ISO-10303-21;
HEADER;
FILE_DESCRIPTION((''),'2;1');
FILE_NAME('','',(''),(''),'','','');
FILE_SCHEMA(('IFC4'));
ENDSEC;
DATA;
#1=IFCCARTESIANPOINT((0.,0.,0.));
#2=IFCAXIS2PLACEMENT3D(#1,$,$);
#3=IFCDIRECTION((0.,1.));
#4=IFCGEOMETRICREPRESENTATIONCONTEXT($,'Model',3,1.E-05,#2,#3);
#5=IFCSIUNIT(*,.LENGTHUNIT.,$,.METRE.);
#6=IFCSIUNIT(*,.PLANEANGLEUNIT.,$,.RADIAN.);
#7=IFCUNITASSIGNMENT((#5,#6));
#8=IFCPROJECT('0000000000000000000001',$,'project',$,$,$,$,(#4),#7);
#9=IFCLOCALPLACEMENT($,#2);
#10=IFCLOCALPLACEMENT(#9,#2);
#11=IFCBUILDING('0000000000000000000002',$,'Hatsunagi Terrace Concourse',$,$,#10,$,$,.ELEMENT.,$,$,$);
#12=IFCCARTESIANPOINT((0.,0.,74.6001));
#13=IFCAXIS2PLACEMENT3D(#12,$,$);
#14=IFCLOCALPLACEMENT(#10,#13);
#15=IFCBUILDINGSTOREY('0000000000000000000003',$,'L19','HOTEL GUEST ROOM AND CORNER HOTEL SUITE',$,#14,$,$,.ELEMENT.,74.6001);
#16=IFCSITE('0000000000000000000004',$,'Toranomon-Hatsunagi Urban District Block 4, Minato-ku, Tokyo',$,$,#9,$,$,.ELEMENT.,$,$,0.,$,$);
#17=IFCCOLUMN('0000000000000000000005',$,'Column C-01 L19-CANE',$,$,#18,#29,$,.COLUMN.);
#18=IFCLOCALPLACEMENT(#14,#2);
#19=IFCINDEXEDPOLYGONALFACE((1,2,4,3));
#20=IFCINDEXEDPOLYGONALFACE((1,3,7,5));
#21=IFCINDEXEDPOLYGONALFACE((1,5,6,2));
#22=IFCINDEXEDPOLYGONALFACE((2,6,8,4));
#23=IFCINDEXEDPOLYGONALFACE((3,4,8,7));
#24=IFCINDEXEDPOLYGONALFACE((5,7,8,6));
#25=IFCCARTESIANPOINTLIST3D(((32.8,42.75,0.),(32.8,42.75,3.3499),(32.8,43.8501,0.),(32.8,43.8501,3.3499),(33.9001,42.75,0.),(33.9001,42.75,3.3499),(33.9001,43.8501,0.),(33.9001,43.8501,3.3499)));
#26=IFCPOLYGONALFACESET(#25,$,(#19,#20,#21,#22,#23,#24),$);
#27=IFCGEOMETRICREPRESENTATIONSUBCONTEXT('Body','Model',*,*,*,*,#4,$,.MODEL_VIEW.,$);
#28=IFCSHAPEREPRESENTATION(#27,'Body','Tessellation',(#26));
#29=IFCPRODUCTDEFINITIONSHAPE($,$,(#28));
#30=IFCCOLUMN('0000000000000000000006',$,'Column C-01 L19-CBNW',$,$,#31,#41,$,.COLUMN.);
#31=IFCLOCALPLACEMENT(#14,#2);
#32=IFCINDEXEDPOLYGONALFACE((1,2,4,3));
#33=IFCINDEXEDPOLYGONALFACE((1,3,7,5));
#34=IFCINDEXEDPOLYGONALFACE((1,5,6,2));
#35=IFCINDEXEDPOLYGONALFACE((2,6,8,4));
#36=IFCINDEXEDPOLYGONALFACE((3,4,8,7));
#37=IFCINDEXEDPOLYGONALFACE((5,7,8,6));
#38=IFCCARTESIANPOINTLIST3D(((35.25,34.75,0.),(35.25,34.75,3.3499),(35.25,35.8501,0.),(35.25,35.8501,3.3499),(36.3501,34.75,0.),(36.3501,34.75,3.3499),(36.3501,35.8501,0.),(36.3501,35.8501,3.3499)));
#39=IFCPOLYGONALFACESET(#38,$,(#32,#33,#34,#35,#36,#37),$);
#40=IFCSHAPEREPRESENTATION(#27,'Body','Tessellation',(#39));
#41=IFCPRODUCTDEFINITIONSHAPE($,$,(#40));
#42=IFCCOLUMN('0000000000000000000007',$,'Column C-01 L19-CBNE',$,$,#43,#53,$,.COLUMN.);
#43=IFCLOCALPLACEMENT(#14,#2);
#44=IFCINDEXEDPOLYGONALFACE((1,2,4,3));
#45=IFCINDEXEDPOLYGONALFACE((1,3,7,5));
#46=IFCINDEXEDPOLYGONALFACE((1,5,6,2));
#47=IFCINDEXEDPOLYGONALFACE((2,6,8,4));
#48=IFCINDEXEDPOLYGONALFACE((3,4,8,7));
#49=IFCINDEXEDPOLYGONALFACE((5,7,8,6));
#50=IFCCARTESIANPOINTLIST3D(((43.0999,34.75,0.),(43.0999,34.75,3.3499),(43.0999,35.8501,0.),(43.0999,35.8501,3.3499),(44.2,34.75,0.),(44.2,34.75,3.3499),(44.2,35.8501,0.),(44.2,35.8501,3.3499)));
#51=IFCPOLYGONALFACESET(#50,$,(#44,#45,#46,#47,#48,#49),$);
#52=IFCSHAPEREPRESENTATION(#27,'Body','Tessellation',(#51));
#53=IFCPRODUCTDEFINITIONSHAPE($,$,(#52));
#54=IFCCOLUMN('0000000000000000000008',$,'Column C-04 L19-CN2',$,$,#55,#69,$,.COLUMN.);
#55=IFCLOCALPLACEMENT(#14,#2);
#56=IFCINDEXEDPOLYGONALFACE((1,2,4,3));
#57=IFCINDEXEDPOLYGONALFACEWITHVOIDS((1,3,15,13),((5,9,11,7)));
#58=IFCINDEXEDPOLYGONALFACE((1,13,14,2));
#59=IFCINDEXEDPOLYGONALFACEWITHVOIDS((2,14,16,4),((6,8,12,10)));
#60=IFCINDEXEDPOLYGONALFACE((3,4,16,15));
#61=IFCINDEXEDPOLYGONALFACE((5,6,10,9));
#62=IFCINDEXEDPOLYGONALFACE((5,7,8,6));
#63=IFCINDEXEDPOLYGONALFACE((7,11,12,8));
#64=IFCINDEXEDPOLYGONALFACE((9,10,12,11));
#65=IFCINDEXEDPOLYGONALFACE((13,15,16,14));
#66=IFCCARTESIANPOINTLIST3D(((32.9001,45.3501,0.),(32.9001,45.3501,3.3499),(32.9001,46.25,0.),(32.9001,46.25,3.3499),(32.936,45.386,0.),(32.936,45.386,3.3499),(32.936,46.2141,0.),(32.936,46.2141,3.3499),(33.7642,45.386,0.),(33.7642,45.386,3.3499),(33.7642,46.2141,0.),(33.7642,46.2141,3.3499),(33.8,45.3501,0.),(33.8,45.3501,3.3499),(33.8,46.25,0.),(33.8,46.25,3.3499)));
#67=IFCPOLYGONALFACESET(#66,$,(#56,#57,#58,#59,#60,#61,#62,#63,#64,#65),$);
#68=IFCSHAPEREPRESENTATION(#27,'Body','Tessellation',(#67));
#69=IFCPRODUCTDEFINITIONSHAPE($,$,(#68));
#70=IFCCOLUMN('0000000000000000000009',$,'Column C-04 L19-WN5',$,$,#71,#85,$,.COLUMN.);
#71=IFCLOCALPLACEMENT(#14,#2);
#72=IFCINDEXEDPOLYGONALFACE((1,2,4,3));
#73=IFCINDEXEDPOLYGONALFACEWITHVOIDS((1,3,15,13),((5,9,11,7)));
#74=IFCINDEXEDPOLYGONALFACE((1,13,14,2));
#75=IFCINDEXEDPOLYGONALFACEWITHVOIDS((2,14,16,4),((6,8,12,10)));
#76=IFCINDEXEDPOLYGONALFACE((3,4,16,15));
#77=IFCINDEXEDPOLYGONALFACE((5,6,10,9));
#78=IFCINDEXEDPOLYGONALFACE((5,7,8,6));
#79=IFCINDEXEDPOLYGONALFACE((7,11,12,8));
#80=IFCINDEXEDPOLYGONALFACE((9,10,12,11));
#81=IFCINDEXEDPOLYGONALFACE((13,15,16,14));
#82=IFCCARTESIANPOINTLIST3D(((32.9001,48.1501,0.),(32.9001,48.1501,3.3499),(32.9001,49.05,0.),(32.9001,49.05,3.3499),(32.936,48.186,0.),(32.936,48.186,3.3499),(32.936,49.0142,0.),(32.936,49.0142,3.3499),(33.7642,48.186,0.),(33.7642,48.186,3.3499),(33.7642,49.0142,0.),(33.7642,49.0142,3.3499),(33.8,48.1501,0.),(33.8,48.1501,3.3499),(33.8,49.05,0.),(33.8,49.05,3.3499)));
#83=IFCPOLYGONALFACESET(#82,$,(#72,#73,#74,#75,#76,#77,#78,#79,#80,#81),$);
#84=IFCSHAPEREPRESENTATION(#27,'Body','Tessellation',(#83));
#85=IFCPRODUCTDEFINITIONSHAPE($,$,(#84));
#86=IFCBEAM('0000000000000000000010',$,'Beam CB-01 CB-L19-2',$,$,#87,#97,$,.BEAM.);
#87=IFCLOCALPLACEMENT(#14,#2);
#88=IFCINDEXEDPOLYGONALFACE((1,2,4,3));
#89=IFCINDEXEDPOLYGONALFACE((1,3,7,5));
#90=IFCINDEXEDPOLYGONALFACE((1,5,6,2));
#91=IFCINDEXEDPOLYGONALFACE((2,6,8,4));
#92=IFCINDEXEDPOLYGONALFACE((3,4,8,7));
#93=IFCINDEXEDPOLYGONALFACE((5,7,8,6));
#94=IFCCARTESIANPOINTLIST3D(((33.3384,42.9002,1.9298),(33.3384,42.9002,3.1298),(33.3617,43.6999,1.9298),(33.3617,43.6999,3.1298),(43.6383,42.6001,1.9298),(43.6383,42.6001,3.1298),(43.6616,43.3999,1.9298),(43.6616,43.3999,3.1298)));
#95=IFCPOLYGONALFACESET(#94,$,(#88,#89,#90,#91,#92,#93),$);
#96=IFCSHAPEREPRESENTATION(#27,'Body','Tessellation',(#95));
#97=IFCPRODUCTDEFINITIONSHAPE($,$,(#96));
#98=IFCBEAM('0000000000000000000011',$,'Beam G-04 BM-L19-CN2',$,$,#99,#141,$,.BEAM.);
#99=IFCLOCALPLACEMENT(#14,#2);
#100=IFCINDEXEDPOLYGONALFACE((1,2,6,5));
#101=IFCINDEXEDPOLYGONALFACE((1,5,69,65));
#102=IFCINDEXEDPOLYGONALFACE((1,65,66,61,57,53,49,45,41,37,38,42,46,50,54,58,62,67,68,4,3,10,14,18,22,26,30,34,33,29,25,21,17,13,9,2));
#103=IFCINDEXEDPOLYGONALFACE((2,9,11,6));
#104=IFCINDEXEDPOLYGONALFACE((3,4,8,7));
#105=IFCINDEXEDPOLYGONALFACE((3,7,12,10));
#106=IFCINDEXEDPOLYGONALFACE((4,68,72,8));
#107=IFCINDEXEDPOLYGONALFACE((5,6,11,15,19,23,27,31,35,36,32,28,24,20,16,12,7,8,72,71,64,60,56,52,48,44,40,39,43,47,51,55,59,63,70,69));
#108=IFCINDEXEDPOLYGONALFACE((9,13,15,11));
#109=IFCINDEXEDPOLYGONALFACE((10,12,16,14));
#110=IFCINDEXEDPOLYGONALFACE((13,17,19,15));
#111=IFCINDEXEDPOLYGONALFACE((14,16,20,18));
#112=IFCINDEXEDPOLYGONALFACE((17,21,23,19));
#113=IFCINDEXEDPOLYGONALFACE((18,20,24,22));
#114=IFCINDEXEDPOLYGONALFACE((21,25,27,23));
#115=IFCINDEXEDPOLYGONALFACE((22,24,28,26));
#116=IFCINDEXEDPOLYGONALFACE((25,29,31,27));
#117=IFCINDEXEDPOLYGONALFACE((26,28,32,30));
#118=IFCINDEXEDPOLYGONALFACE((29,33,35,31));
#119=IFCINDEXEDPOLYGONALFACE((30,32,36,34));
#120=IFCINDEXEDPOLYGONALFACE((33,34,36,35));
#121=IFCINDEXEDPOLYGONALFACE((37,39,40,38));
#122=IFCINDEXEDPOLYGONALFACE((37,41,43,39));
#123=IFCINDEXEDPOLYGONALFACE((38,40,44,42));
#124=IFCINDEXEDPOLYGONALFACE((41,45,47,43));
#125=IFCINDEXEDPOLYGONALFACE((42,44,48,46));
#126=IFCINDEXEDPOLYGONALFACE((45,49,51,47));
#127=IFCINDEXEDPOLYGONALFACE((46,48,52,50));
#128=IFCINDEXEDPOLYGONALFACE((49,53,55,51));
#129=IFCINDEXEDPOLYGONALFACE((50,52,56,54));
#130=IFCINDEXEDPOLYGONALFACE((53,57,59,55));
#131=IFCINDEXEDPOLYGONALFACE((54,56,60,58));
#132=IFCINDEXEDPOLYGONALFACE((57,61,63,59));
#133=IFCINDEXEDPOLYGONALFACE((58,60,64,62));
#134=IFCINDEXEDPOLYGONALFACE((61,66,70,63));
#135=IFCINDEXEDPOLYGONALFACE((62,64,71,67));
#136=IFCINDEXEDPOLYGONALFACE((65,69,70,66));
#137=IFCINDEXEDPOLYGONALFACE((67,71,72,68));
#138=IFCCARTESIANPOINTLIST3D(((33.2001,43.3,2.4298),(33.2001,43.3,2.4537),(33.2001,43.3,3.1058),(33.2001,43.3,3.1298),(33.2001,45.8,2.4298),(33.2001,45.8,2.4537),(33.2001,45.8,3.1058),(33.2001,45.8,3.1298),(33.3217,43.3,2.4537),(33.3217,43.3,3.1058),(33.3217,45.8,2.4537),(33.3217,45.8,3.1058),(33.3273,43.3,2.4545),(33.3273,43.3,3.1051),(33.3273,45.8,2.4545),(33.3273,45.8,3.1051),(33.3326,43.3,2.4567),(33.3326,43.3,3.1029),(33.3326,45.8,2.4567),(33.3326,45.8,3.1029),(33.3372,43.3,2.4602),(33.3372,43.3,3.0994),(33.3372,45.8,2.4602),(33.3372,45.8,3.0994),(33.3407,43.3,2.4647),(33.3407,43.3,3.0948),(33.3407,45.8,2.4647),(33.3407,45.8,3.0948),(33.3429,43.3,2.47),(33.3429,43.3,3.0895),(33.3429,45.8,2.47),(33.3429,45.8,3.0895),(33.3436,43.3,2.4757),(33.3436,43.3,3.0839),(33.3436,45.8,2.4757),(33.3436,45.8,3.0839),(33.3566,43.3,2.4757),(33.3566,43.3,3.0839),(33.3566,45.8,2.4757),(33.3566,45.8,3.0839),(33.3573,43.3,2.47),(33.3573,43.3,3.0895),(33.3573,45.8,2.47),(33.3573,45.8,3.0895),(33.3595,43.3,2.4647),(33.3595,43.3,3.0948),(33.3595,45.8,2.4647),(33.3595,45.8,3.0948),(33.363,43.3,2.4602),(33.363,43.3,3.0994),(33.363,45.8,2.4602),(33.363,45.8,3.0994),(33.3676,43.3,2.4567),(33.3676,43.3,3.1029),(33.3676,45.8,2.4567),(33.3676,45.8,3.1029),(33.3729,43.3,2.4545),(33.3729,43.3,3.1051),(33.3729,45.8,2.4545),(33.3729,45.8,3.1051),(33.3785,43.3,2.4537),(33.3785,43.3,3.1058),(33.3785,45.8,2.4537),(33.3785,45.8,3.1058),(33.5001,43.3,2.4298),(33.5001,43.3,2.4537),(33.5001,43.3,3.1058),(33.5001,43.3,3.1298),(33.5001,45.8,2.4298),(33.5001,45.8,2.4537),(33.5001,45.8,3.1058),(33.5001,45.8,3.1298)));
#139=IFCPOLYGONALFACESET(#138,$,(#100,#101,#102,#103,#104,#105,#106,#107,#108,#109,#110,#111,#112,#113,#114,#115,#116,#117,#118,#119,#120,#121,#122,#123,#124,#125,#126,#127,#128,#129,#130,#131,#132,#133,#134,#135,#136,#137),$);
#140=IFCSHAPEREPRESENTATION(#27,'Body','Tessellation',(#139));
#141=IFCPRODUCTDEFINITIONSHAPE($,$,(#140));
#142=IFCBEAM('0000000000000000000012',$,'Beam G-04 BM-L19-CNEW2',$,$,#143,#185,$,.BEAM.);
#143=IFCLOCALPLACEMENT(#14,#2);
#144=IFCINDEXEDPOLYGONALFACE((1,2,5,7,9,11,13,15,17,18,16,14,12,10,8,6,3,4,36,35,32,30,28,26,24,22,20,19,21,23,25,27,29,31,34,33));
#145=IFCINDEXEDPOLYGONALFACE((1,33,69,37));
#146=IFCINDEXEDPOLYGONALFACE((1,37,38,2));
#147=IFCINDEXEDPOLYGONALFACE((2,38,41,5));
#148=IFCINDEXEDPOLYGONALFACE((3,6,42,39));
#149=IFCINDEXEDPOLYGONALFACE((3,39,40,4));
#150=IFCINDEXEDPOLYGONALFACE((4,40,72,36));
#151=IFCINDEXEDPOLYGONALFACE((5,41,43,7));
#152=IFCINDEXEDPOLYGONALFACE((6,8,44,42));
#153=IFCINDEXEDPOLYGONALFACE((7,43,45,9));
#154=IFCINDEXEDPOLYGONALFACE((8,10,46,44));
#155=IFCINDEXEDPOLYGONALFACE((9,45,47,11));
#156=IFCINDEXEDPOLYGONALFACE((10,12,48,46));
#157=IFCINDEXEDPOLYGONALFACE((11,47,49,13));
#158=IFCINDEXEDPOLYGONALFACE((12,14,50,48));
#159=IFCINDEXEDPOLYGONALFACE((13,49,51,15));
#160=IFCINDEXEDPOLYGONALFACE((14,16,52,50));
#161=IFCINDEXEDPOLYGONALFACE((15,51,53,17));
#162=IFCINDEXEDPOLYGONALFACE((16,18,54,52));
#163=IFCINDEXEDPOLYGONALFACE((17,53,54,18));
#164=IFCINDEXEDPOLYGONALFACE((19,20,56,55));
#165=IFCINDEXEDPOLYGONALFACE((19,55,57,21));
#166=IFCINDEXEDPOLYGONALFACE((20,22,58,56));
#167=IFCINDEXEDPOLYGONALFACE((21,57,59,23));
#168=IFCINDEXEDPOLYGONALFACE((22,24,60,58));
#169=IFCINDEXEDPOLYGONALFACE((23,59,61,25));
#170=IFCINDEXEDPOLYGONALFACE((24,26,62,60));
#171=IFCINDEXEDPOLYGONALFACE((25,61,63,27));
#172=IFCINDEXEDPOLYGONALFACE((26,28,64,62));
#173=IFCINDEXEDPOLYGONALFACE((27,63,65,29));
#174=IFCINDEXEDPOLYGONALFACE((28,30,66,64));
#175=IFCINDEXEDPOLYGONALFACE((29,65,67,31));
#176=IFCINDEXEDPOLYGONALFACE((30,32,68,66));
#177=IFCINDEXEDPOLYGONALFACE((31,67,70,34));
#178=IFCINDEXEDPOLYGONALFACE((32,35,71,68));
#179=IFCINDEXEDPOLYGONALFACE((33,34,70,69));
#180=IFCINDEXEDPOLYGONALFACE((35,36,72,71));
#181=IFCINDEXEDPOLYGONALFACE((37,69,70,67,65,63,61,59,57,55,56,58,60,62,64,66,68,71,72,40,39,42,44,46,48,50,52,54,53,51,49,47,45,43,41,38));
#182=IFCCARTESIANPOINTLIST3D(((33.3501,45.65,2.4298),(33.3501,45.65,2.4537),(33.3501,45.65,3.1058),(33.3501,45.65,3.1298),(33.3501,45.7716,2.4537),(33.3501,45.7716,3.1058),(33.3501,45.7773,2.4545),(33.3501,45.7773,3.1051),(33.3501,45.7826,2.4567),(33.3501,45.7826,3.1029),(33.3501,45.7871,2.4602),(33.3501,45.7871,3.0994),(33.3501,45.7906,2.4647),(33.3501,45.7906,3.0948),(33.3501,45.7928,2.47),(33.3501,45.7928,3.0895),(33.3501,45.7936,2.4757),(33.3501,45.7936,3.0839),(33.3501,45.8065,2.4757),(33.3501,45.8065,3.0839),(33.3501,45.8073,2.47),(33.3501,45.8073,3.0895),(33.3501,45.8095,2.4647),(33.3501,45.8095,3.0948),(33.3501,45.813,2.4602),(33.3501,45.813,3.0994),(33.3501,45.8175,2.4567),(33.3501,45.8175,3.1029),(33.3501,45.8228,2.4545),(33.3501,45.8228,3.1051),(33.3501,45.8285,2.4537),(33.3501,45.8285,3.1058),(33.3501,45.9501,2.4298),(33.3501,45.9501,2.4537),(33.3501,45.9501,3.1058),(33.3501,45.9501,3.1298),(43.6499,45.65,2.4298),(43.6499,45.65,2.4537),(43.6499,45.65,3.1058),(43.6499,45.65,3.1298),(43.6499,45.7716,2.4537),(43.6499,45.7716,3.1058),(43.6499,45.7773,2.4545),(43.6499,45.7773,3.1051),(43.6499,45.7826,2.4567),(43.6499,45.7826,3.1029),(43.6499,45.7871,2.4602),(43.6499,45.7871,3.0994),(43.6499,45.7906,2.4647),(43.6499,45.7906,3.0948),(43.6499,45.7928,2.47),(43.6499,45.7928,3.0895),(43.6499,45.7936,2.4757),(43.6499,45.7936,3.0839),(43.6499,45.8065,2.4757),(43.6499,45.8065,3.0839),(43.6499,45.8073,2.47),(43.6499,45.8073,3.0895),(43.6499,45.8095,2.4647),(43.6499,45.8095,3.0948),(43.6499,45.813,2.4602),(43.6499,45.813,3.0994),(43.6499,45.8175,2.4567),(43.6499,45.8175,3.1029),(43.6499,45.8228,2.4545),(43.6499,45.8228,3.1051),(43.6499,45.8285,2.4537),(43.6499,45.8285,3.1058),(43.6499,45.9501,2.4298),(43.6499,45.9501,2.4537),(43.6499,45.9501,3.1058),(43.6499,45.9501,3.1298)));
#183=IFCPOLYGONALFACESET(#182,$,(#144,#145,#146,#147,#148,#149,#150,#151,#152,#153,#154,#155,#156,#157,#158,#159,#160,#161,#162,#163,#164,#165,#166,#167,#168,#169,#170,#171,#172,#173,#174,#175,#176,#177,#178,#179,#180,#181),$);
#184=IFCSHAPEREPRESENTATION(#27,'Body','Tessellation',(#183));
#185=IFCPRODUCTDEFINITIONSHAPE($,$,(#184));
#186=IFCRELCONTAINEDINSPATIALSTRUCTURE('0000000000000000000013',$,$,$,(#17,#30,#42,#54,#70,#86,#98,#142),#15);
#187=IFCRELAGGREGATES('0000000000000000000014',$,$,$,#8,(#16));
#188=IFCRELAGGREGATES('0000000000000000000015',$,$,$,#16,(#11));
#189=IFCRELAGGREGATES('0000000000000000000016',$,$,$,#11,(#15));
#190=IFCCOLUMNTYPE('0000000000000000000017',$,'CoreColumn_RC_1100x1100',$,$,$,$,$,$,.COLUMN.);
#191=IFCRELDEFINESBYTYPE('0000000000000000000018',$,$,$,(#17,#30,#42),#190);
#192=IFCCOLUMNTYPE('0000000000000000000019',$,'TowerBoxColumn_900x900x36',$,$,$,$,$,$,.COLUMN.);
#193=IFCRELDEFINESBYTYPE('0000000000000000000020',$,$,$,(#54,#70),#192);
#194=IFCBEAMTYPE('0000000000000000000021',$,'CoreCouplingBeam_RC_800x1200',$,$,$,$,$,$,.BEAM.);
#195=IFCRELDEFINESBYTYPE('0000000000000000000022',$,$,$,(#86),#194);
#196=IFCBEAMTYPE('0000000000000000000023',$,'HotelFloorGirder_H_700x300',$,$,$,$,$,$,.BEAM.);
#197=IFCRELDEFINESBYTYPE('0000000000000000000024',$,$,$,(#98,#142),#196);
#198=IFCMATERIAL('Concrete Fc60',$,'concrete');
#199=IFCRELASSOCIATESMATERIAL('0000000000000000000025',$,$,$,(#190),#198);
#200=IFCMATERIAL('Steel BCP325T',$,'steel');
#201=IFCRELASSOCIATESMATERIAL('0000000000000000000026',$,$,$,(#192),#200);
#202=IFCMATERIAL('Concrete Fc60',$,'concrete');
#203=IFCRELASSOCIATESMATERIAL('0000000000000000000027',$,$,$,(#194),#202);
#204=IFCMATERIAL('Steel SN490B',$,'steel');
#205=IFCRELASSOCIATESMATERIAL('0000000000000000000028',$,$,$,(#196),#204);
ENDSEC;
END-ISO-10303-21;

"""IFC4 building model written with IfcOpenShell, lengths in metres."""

from ifc_helpers import new_model, si_unit, direction, frame, origin, origin_2d, place, context, subcontext, project, spatial, rectangle, hollow_rectangle, i_section, extrude, material, material_profile, profile_set, type_object, element, save


model = new_model("IFC4")

# Units and contexts
model_context = context("Model", 3, precision=1e-05, world=origin(), true_north=direction((0.0, 1.0)))
body_context = subcontext(model_context, "Body", "Model", "MODEL_VIEW")
ifc_project = project(units=[si_unit("LENGTHUNIT", "METRE"), si_unit("PLANEANGLEUNIT", "RADIAN")], contexts=[model_context])

# Site, building, storey
site_placement = place(None, origin())
site = spatial("IfcSite", under=ifc_project, at=site_placement, Name="Toranomon-Hatsunagi Urban District Block 4, Minato-ku, Tokyo", CompositionType="ELEMENT", RefElevation=0.0)
building_placement = place(site_placement, origin())
building = spatial("IfcBuilding", under=site, at=building_placement, Name="Hatsunagi Terrace Concourse", CompositionType="ELEMENT")
storey_placement = place(building_placement, frame((0.0, 0.0, 74.6001)))
storey = spatial("IfcBuildingStorey", under=building, at=storey_placement, Name="L19", Description="HOTEL GUEST ROOM AND CORNER HOTEL SUITE", CompositionType="ELEMENT", Elevation=74.6001)

# Columns
ifc_material_1 = material(Name="Concrete Fc60", Category="concrete")
ifc_material_profile_1 = material_profile(ifc_material_1, rectangle(XDim=1.1001, YDim=1.1001, at=origin_2d()), Name="RC-1100x1100")
ifc_profile_set_1 = profile_set([ifc_material_profile_1], Name="Concrete Fc60")
column_type_1 = type_object("IfcColumnType", Name="CoreColumn_RC_1100x1100", PredefinedType="COLUMN", material=ifc_profile_set_1)
for number, where, z_axis, x_axis, name in (
    (1, (33.3501, 43.3, 0.0), (0.0, 0.0, 1.0), (1.0, 0.0, 0.0), "Column C-01 L19-CANE"),
    (2, (35.8, 35.3, 0.0), (0.0, 0.0, 1.0), (1.0, 0.0, 0.0), "Column C-01 L19-CBNW"),
    (3, (43.6499, 35.3, 0.0), (0.0, 0.0, 1.0), (1.0, 0.0, 0.0), "Column C-01 L19-CBNE"),
):
    element("IfcColumn", number, at=place(storey_placement, frame(where, z_axis=z_axis, x_axis=x_axis)), inside=storey, type_object=column_type_1, Name=name, PredefinedType="COLUMN", context=body_context, shape_type="SweptSolid", body=[
        extrude(rectangle(XDim=1.1001, YDim=1.1001, at=origin_2d()), origin(), (0.0, 0.0, 1.0), 3.3499),
    ])
ifc_material_2 = material(Name="Steel BCP325T", Category="steel")
ifc_material_profile_2 = material_profile(ifc_material_2, hollow_rectangle(XDim=0.8999, YDim=0.8999, WallThickness=0.0359, at=origin_2d()), Name="BCP-900x900x36")
ifc_profile_set_2 = profile_set([ifc_material_profile_2], Name="Steel BCP325T")
column_type_2 = type_object("IfcColumnType", Name="TowerBoxColumn_900x900x36", PredefinedType="COLUMN", material=ifc_profile_set_2)
for number, where, z_axis, x_axis, name in (
    (4, (33.3501, 45.8, 0.0), (0.0, 0.0, 1.0), (1.0, 0.0, 0.0), "Column C-04 L19-CN2"),
    (5, (33.3501, 48.6001, 0.0), (0.0, 0.0, 1.0), (1.0, 0.0, 0.0), "Column C-04 L19-WN5"),
):
    element("IfcColumn", number, at=place(storey_placement, frame(where, z_axis=z_axis, x_axis=x_axis)), inside=storey, type_object=column_type_2, Name=name, PredefinedType="COLUMN", context=body_context, shape_type="SweptSolid", body=[
        extrude(hollow_rectangle(XDim=0.8999, YDim=0.8999, WallThickness=0.0359, at=origin_2d()), origin(), (0.0, 0.0, 1.0), 3.3499),
    ])

# Beams
ifc_material_3 = material(Name="Concrete Fc60", Category="concrete")
ifc_material_profile_3 = material_profile(ifc_material_3, rectangle(XDim=0.8, YDim=1.2, at=origin_2d()), Name="RC-800x1200")
ifc_profile_set_3 = profile_set([ifc_material_profile_3], Name="Concrete Fc60")
beam_type_1 = type_object("IfcBeamType", Name="CoreCouplingBeam_RC_800x1200", PredefinedType="BEAM", material=ifc_profile_set_3)
beam_1_placement = place(storey_placement, frame((33.3501, 43.3, 2.5298), z_axis=(0.999576, -0.029119, 0.0), x_axis=(0.029119, 0.999576, 0.0)))
element("IfcBeam", 6, at=beam_1_placement, inside=storey, type_object=beam_type_1, Name="Beam CB-01 CB-L19-2", PredefinedType="BEAM", context=body_context, shape_type="SweptSolid", body=[
    extrude(rectangle(XDim=0.8, YDim=1.2, at=origin_2d()), origin(), (0.0, 0.0, 1.0), 10.3042),
])
ifc_material_4 = material(Name="Steel SN490B", Category="steel")
ifc_material_profile_4 = material_profile(ifc_material_4, i_section(OverallWidth=0.3, OverallDepth=0.7, WebThickness=0.0129, FlangeThickness=0.0239, FilletRadius=0.022, at=origin_2d()), Name="H-700x300x13x24")
ifc_profile_set_4 = profile_set([ifc_material_profile_4], Name="Steel SN490B")
beam_type_2 = type_object("IfcBeamType", Name="HotelFloorGirder_H_700x300", PredefinedType="BEAM", material=ifc_profile_set_4)
beam_2_placement = place(storey_placement, frame((33.3501, 43.3, 2.7798), z_axis=(0.0, 1.0, 0.0), x_axis=(-1.0, 0.0, 0.0)))
element("IfcBeam", 7, at=beam_2_placement, inside=storey, type_object=beam_type_2, Name="Beam G-04 BM-L19-CN2", PredefinedType="BEAM", context=body_context, shape_type="SweptSolid", body=[
    extrude(i_section(OverallWidth=0.3, OverallDepth=0.7, WebThickness=0.0129, FlangeThickness=0.0239, FilletRadius=0.022, at=origin_2d()), origin(), (0.0, 0.0, 1.0), 2.5),
])
beam_3_placement = place(storey_placement, frame((33.3501, 45.8, 2.7798), z_axis=(1.0, 0.0, 0.0), x_axis=(0.0, 1.0, 0.0)))
element("IfcBeam", 8, at=beam_3_placement, inside=storey, type_object=beam_type_2, Name="Beam G-04 BM-L19-CNEW2", PredefinedType="BEAM", context=body_context, shape_type="SweptSolid", body=[
    extrude(i_section(OverallWidth=0.3, OverallDepth=0.7, WebThickness=0.0129, FlangeThickness=0.0239, FilletRadius=0.022, at=origin_2d()), origin(), (0.0, 0.0, 1.0), 10.2998),
])

save(model, "model.ifc")
